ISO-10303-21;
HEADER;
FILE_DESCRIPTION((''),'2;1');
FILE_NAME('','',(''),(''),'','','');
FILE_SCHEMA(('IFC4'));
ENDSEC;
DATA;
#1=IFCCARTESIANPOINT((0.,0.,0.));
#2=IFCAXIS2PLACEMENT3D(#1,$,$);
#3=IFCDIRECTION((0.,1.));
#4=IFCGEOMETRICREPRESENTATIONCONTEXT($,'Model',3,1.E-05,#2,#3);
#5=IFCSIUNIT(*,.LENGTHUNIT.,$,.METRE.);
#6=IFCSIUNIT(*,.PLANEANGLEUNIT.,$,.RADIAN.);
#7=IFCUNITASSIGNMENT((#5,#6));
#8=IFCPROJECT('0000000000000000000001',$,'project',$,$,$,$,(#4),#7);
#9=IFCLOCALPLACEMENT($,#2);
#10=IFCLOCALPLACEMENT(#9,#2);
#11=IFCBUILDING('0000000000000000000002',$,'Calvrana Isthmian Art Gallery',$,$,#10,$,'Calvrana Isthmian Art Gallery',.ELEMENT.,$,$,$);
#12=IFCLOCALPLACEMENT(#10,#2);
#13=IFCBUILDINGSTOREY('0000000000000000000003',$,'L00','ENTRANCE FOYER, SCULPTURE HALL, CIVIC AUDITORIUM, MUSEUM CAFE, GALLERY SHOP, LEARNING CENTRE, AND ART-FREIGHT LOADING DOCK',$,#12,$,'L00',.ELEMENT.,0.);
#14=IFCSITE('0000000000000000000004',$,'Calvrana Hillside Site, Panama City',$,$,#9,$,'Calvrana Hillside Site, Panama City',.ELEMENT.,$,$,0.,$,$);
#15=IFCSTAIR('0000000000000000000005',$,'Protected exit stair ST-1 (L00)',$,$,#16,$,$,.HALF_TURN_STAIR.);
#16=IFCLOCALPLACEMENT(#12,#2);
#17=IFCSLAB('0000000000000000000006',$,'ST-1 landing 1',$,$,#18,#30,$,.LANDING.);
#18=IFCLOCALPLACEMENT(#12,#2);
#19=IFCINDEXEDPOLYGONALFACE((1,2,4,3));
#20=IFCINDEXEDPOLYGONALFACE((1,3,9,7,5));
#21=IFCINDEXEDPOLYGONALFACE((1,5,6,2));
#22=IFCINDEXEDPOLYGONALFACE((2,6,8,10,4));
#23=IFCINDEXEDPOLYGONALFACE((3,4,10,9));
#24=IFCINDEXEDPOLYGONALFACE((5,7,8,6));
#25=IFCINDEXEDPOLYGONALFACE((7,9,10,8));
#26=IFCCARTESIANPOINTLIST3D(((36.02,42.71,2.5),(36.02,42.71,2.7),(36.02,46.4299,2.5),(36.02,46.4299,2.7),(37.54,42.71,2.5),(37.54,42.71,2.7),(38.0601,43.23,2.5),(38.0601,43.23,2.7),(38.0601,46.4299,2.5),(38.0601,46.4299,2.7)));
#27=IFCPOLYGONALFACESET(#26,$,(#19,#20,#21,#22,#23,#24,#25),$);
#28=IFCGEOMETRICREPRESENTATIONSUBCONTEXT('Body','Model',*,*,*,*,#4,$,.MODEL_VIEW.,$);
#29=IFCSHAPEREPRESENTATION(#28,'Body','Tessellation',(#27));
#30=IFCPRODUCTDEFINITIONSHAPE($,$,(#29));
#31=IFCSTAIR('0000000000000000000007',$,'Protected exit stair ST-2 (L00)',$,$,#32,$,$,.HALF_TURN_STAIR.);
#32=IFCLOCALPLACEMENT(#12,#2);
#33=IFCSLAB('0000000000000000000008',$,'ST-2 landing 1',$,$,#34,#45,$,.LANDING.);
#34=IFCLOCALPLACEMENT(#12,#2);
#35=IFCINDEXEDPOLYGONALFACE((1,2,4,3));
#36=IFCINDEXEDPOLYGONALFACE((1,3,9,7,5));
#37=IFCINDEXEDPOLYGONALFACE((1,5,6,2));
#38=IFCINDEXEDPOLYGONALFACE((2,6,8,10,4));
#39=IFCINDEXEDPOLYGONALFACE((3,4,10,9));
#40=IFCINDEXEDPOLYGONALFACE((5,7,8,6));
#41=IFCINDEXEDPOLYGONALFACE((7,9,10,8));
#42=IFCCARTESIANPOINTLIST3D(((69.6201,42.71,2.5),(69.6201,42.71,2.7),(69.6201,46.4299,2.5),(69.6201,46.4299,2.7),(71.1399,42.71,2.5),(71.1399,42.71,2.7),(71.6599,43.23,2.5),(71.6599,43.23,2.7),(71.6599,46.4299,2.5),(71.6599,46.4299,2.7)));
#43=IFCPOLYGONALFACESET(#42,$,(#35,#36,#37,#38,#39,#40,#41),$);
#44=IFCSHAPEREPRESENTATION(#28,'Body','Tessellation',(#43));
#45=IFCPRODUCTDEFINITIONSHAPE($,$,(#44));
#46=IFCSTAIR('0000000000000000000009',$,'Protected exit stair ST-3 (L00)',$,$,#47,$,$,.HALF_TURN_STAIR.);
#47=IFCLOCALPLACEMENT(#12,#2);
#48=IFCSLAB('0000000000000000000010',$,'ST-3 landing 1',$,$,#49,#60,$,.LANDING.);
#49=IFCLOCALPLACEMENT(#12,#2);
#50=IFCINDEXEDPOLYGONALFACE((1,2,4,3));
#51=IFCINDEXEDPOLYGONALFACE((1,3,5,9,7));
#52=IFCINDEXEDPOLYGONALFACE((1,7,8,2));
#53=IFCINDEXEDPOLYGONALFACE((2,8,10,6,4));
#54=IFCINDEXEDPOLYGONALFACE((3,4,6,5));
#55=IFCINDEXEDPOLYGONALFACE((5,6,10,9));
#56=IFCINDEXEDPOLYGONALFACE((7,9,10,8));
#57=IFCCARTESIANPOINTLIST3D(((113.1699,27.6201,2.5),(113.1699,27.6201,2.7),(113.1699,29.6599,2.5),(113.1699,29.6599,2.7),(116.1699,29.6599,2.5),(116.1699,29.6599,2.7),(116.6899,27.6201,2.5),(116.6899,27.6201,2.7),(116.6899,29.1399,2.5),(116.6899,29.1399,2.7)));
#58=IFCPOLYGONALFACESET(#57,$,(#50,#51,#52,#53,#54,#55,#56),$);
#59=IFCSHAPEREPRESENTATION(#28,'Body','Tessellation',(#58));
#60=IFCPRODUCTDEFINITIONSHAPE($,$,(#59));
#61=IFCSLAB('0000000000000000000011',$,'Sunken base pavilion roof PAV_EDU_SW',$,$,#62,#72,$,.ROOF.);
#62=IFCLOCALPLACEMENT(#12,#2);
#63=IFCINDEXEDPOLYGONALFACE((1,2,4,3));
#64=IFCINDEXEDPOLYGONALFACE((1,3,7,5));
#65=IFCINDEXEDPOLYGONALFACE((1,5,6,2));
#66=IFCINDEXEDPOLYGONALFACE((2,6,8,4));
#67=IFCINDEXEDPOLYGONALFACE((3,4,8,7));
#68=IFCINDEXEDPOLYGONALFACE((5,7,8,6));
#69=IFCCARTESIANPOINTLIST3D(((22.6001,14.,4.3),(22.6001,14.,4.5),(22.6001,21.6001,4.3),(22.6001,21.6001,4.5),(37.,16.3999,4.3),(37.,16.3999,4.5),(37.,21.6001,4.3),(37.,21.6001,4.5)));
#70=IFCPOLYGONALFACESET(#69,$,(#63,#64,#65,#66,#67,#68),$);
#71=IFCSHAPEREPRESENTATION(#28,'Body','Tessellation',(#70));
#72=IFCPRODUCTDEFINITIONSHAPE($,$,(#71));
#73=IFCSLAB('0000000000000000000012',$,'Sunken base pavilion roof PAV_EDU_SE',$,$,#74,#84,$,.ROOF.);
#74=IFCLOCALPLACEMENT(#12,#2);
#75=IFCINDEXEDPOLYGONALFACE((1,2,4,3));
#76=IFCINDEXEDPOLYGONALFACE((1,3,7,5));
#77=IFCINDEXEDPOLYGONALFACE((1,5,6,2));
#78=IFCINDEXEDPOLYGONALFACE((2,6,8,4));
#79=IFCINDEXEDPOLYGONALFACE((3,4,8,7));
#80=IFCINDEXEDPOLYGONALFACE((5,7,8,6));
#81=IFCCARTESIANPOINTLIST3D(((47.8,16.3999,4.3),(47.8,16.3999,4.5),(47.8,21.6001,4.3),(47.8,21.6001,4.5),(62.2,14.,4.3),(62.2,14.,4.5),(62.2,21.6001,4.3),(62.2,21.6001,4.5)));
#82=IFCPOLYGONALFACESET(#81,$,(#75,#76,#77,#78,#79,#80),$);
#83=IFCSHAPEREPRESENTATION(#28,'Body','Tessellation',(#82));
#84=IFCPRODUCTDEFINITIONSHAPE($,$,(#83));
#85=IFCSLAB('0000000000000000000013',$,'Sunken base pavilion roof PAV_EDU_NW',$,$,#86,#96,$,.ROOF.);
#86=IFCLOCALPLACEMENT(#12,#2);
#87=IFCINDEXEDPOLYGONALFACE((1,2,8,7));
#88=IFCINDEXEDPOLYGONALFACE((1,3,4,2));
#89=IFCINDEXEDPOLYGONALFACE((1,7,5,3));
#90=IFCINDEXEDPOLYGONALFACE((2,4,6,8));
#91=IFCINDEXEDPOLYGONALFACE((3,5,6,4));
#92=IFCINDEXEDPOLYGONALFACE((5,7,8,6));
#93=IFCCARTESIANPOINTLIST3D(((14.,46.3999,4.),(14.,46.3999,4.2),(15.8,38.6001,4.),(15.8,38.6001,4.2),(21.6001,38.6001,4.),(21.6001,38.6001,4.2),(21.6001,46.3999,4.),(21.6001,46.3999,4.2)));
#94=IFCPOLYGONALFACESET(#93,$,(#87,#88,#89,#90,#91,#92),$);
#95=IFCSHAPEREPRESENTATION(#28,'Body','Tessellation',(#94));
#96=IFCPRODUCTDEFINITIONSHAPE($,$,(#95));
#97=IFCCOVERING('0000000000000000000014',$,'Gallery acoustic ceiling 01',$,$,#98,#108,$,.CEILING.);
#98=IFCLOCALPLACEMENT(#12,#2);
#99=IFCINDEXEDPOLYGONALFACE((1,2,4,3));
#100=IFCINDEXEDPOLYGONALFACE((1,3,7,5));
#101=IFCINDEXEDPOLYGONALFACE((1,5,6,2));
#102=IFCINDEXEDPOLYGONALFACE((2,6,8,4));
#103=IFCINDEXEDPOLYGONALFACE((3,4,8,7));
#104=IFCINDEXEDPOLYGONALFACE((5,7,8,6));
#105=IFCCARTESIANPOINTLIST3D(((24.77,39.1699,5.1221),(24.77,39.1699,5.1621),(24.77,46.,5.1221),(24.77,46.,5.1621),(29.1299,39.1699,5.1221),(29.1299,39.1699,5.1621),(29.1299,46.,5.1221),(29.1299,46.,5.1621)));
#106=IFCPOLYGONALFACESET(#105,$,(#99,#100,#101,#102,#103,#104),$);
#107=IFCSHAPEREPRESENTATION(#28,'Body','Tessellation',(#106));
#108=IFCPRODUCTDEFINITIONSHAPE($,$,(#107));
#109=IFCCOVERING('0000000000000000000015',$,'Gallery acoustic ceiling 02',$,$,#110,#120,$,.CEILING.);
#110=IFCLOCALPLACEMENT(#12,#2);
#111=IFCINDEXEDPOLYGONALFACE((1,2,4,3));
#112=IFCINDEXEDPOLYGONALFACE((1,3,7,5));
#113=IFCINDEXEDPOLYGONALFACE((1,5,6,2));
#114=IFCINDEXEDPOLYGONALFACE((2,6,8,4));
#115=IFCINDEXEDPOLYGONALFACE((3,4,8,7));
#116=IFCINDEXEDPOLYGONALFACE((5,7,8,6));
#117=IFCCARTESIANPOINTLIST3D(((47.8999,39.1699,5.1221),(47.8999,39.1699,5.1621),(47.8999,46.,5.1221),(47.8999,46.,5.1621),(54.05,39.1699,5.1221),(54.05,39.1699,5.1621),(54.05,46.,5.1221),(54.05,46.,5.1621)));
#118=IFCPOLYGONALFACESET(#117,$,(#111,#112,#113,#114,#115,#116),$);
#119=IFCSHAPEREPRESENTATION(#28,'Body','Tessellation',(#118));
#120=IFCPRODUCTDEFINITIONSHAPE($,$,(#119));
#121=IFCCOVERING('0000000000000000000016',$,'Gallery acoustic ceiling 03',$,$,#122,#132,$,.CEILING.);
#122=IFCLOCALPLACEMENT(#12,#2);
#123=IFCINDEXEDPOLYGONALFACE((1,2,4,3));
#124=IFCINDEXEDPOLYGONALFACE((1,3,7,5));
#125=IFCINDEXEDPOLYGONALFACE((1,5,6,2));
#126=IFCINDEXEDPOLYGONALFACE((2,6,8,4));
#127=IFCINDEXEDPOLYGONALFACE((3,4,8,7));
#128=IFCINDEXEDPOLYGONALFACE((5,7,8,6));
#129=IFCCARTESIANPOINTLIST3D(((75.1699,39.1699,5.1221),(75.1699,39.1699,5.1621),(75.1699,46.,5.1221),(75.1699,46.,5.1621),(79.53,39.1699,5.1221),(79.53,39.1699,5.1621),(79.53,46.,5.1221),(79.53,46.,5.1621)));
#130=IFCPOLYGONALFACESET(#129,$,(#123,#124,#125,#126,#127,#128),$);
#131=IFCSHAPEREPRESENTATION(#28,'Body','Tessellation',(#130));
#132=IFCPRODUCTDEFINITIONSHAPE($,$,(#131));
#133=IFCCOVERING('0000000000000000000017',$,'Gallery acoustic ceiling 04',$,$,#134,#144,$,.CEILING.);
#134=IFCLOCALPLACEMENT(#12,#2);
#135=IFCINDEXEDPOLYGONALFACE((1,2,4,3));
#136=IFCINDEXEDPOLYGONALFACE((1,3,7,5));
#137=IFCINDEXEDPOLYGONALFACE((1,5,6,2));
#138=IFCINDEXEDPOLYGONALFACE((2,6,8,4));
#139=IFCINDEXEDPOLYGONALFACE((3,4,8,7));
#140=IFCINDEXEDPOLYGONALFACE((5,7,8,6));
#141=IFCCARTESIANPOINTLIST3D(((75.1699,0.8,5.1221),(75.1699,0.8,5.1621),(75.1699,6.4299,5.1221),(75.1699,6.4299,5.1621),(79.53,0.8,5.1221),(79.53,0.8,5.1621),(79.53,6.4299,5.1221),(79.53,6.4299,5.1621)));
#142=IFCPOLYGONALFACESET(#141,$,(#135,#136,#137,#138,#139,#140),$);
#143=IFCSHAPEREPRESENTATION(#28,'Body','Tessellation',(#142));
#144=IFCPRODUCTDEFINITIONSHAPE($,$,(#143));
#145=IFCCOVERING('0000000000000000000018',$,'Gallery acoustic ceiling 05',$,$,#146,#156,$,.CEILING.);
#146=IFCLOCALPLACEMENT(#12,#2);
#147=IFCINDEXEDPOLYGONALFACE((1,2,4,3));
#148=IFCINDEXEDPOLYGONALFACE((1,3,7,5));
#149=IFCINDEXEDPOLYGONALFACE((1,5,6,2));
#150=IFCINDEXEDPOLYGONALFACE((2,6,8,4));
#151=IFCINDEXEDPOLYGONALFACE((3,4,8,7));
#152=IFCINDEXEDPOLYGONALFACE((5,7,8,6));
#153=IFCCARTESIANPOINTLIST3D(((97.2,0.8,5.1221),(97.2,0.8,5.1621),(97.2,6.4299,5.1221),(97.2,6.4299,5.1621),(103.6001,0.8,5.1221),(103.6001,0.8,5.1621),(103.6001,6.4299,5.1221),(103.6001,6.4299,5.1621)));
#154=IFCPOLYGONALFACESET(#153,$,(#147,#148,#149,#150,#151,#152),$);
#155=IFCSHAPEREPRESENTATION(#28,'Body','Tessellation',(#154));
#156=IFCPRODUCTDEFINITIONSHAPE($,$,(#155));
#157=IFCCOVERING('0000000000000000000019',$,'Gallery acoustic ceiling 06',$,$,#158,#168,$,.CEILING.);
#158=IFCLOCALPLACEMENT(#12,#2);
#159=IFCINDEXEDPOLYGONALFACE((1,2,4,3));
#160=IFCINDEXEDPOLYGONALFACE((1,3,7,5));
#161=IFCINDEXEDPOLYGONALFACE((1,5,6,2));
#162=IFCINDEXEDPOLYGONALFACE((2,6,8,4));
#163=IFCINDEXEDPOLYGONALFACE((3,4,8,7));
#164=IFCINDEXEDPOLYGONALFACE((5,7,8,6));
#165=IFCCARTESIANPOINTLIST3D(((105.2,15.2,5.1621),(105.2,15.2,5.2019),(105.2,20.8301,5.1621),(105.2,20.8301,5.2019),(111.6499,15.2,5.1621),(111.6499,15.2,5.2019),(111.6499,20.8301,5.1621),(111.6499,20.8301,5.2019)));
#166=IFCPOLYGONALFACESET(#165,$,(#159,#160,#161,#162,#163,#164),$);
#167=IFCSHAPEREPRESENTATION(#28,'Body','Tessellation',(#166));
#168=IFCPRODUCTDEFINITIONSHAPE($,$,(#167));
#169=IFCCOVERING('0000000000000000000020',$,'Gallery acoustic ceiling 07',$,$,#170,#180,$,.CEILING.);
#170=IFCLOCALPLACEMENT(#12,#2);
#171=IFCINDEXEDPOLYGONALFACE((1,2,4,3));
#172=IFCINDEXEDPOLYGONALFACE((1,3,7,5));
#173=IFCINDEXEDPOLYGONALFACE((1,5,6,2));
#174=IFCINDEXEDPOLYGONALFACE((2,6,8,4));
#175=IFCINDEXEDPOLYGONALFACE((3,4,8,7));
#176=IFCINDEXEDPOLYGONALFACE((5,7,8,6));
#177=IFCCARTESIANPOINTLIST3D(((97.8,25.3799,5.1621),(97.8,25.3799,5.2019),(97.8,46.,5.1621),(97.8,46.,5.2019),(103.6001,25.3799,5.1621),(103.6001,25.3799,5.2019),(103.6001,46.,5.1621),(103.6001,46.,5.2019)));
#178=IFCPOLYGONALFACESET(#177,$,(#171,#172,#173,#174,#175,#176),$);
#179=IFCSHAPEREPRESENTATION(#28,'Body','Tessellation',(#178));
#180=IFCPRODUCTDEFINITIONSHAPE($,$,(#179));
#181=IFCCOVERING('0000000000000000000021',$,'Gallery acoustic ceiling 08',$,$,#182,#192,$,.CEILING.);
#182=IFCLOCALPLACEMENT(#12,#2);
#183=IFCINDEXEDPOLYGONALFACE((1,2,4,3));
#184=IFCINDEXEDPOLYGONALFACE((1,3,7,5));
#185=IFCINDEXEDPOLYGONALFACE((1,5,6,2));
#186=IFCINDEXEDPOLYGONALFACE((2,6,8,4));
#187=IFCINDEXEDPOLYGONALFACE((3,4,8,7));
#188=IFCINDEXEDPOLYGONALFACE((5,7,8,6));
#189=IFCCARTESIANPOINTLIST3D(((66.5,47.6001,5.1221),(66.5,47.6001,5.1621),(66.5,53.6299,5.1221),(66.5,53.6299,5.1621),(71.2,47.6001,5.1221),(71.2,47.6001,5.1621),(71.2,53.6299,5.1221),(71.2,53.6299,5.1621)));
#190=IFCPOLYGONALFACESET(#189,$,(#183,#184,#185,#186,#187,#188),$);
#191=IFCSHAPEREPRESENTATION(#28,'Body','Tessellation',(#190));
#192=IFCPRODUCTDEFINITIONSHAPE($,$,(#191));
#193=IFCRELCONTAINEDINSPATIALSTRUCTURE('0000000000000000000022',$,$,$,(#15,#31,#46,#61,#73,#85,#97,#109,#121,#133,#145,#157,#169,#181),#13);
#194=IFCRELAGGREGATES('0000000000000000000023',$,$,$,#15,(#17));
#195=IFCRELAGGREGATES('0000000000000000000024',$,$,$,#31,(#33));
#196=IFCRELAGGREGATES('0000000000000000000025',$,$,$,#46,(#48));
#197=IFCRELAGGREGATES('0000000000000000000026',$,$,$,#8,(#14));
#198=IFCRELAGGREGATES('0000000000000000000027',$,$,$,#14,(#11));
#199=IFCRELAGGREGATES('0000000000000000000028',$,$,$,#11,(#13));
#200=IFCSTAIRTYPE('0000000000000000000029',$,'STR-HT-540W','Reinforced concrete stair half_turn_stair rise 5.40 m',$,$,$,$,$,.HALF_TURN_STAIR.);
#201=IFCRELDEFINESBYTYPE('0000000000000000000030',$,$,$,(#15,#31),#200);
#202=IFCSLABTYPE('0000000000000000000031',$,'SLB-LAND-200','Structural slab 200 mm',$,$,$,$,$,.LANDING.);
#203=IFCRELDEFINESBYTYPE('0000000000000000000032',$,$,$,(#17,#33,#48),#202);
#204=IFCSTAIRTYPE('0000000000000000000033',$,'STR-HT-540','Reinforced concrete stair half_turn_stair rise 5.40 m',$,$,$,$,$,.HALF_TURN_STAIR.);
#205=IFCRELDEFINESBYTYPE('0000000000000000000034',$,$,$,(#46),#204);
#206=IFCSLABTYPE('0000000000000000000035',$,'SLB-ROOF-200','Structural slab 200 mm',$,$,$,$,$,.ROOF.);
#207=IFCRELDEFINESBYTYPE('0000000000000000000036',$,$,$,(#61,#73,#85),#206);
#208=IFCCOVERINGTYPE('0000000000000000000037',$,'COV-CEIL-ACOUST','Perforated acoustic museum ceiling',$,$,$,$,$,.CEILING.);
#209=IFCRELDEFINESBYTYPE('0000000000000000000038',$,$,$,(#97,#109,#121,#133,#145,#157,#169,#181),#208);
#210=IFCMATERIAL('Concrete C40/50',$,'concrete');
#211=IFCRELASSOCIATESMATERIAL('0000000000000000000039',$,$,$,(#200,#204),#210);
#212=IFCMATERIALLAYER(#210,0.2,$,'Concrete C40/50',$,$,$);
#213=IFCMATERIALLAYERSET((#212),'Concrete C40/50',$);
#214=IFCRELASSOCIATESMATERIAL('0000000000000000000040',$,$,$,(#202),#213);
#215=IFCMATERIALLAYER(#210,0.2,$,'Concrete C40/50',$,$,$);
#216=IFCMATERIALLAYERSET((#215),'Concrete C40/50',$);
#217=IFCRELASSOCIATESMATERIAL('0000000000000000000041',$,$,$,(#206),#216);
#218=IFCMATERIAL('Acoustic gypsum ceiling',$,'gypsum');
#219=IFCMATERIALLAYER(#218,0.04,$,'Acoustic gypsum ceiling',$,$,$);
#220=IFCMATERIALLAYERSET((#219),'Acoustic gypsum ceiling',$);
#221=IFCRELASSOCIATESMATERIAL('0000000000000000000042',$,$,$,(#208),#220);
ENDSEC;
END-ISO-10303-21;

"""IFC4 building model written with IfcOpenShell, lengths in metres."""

from ifc_helpers import new_model, si_unit, direction, frame, origin, place, context, subcontext, project, spatial, polyline, outline, extrude, material, layer, layer_set, type_object, element, aggregate, save


model = new_model("IFC4")

# Units and contexts
model_context = context("Model", 3, precision=1e-05, world=origin(), true_north=direction((0.0, 1.0)))
body_context = subcontext(model_context, "Body", "Model", "MODEL_VIEW")
ifc_project = project(units=[si_unit("LENGTHUNIT", "METRE"), si_unit("PLANEANGLEUNIT", "RADIAN")], contexts=[model_context])

# Site, building, storey
site_placement = place(None, origin())
site = spatial("IfcSite", under=ifc_project, at=site_placement, Name="Calvrana Hillside Site, Panama City", LongName="Calvrana Hillside Site, Panama City", CompositionType="ELEMENT", RefElevation=0.0)
building_placement = place(site_placement, origin())
building = spatial("IfcBuilding", under=site, at=building_placement, Name="Calvrana Isthmian Art Gallery", LongName="Calvrana Isthmian Art Gallery", CompositionType="ELEMENT")
storey_placement = place(building_placement, origin())
storey = spatial("IfcBuildingStorey", under=building, at=storey_placement, Name="L00", Description="ENTRANCE FOYER, SCULPTURE HALL, CIVIC AUDITORIUM, MUSEUM CAFE, GALLERY SHOP, LEARNING CENTRE, AND ART-FREIGHT LOADING DOCK", LongName="L00", CompositionType="ELEMENT", Elevation=0.0)

# Stairs, slabs
ifc_material_1 = material(Name="Concrete C40/50", Category="concrete")
stair_type_1 = type_object("IfcStairType", Name="STR-HT-540W", Description="Reinforced concrete stair half_turn_stair rise 5.40 m", PredefinedType="HALF_TURN_STAIR", material=ifc_material_1)
stair_1_placement = place(storey_placement, origin())
stair_1 = element("IfcStair", 1, at=stair_1_placement, inside=storey, type_object=stair_type_1, Name="Protected exit stair ST-1 (L00)", PredefinedType="HALF_TURN_STAIR")
ifc_layer_1 = layer(ifc_material_1, 0.2, Name="Concrete C40/50")
ifc_layer_set_1 = layer_set([ifc_layer_1], Name="Concrete C40/50")
slab_type_1 = type_object("IfcSlabType", Name="SLB-LAND-200", Description="Structural slab 200 mm", PredefinedType="LANDING", material=ifc_layer_set_1)
slab_1_placement = place(storey_placement, frame((0.0, 0.0, 2.5)))
slab_1 = element("IfcSlab", 2, at=slab_1_placement, type_object=slab_type_1, Name="ST-1 landing 1", PredefinedType="LANDING", context=body_context, shape_type="SweptSolid", body=[
    extrude(outline(polyline([(36.02, 42.71), (37.54, 42.71), (38.0601, 43.23), (38.0601, 46.4299), (36.02, 46.4299), (36.02, 42.71)])), origin(), (0.0, 0.0, 1.0), 0.2),
])
aggregate(stair_1, [slab_1])
stair_2_placement = place(storey_placement, origin())
stair_2 = element("IfcStair", 3, at=stair_2_placement, inside=storey, type_object=stair_type_1, Name="Protected exit stair ST-2 (L00)", PredefinedType="HALF_TURN_STAIR")
slab_2_placement = place(storey_placement, frame((0.0, 0.0, 2.5)))
slab_2 = element("IfcSlab", 4, at=slab_2_placement, type_object=slab_type_1, Name="ST-2 landing 1", PredefinedType="LANDING", context=body_context, shape_type="SweptSolid", body=[
    extrude(outline(polyline([(69.6201, 42.71), (71.1399, 42.71), (71.6599, 43.23), (71.6599, 46.4299), (69.6201, 46.4299), (69.6201, 42.71)])), origin(), (0.0, 0.0, 1.0), 0.2),
])
aggregate(stair_2, [slab_2])
stair_type_2 = type_object("IfcStairType", Name="STR-HT-540", Description="Reinforced concrete stair half_turn_stair rise 5.40 m", PredefinedType="HALF_TURN_STAIR", material=ifc_material_1)
stair_3_placement = place(storey_placement, origin())
stair_3 = element("IfcStair", 5, at=stair_3_placement, inside=storey, type_object=stair_type_2, Name="Protected exit stair ST-3 (L00)", PredefinedType="HALF_TURN_STAIR")
slab_3_placement = place(storey_placement, frame((0.0, 0.0, 2.5)))
slab_3 = element("IfcSlab", 6, at=slab_3_placement, type_object=slab_type_1, Name="ST-3 landing 1", PredefinedType="LANDING", context=body_context, shape_type="SweptSolid", body=[
    extrude(outline(polyline([(116.6899, 27.6201), (116.6899, 29.1399), (116.1699, 29.6599), (113.1699, 29.6599), (113.1699, 27.6201), (116.6899, 27.6201)])), origin(), (0.0, 0.0, 1.0), 0.2),
])
aggregate(stair_3, [slab_3])

# Slabs
ifc_layer_2 = layer(ifc_material_1, 0.2, Name="Concrete C40/50")
ifc_layer_set_2 = layer_set([ifc_layer_2], Name="Concrete C40/50")
slab_type_2 = type_object("IfcSlabType", Name="SLB-ROOF-200", Description="Structural slab 200 mm", PredefinedType="ROOF", material=ifc_layer_set_2)
slab_4_placement = place(storey_placement, frame((0.0, 0.0, 4.3)))
element("IfcSlab", 7, at=slab_4_placement, inside=storey, type_object=slab_type_2, Name="Sunken base pavilion roof PAV_EDU_SW", PredefinedType="ROOF", context=body_context, shape_type="SweptSolid", body=[
    extrude(outline(polyline([(22.6001, 14.0), (37.0, 16.3999), (37.0, 21.6001), (22.6001, 21.6001), (22.6001, 14.0)])), origin(), (0.0, 0.0, 1.0), 0.2),
])
slab_5_placement = place(storey_placement, frame((0.0, 0.0, 4.3)))
element("IfcSlab", 8, at=slab_5_placement, inside=storey, type_object=slab_type_2, Name="Sunken base pavilion roof PAV_EDU_SE", PredefinedType="ROOF", context=body_context, shape_type="SweptSolid", body=[
    extrude(outline(polyline([(47.8, 16.3999), (62.2, 14.0), (62.2, 21.6001), (47.8, 21.6001), (47.8, 16.3999)])), origin(), (0.0, 0.0, 1.0), 0.2),
])
slab_6_placement = place(storey_placement, frame((0.0, 0.0, 4.0)))
element("IfcSlab", 9, at=slab_6_placement, inside=storey, type_object=slab_type_2, Name="Sunken base pavilion roof PAV_EDU_NW", PredefinedType="ROOF", context=body_context, shape_type="SweptSolid", body=[
    extrude(outline(polyline([(15.8, 38.6001), (21.6001, 38.6001), (21.6001, 46.3999), (14.0, 46.3999), (15.8, 38.6001)])), origin(), (0.0, 0.0, 1.0), 0.2),
])

# Coverings
ifc_material_2 = material(Name="Acoustic gypsum ceiling", Category="gypsum")
ifc_layer_3 = layer(ifc_material_2, 0.04, Name="Acoustic gypsum ceiling")
ifc_layer_set_3 = layer_set([ifc_layer_3], Name="Acoustic gypsum ceiling")
covering_type_1 = type_object("IfcCoveringType", Name="COV-CEIL-ACOUST", Description="Perforated acoustic museum ceiling", PredefinedType="CEILING", material=ifc_layer_set_3)
covering_1_placement = place(storey_placement, frame((0.0, 0.0, 5.1221)))
element("IfcCovering", 10, at=covering_1_placement, inside=storey, type_object=covering_type_1, Name="Gallery acoustic ceiling 01", PredefinedType="CEILING", context=body_context, shape_type="SweptSolid", body=[
    extrude(outline(polyline([(24.77, 39.1699), (29.1299, 39.1699), (29.1299, 46.0), (24.77, 46.0), (24.77, 39.1699)])), origin(), (0.0, 0.0, 1.0), 0.04),
])
covering_2_placement = place(storey_placement, frame((0.0, 0.0, 5.1221)))
element("IfcCovering", 11, at=covering_2_placement, inside=storey, type_object=covering_type_1, Name="Gallery acoustic ceiling 02", PredefinedType="CEILING", context=body_context, shape_type="SweptSolid", body=[
    extrude(outline(polyline([(47.8999, 39.1699), (54.05, 39.1699), (54.05, 46.0), (47.8999, 46.0), (47.8999, 39.1699)])), origin(), (0.0, 0.0, 1.0), 0.04),
])
covering_3_placement = place(storey_placement, frame((0.0, 0.0, 5.1221)))
element("IfcCovering", 12, at=covering_3_placement, inside=storey, type_object=covering_type_1, Name="Gallery acoustic ceiling 03", PredefinedType="CEILING", context=body_context, shape_type="SweptSolid", body=[
    extrude(outline(polyline([(75.1699, 39.1699), (79.53, 39.1699), (79.53, 46.0), (75.1699, 46.0), (75.1699, 39.1699)])), origin(), (0.0, 0.0, 1.0), 0.04),
])
covering_4_placement = place(storey_placement, frame((0.0, 0.0, 5.1221)))
element("IfcCovering", 13, at=covering_4_placement, inside=storey, type_object=covering_type_1, Name="Gallery acoustic ceiling 04", PredefinedType="CEILING", context=body_context, shape_type="SweptSolid", body=[
    extrude(outline(polyline([(75.1699, 0.8), (79.53, 0.8), (79.53, 6.4299), (75.1699, 6.4299), (75.1699, 0.8)])), origin(), (0.0, 0.0, 1.0), 0.04),
])
covering_5_placement = place(storey_placement, frame((0.0, 0.0, 5.1221)))
element("IfcCovering", 14, at=covering_5_placement, inside=storey, type_object=covering_type_1, Name="Gallery acoustic ceiling 05", PredefinedType="CEILING", context=body_context, shape_type="SweptSolid", body=[
    extrude(outline(polyline([(97.2, 0.8), (103.6001, 0.8), (103.6001, 6.4299), (97.2, 6.4299), (97.2, 0.8)])), origin(), (0.0, 0.0, 1.0), 0.04),
])
covering_6_placement = place(storey_placement, frame((0.0, 0.0, 5.1621)))
element("IfcCovering", 15, at=covering_6_placement, inside=storey, type_object=covering_type_1, Name="Gallery acoustic ceiling 06", PredefinedType="CEILING", context=body_context, shape_type="SweptSolid", body=[
    extrude(outline(polyline([(105.2, 15.2), (111.6499, 15.2), (111.6499, 20.8301), (105.2, 20.8301), (105.2, 15.2)])), origin(), (0.0, 0.0, 1.0), 0.0398),
])
covering_7_placement = place(storey_placement, frame((0.0, 0.0, 5.1621)))
element("IfcCovering", 16, at=covering_7_placement, inside=storey, type_object=covering_type_1, Name="Gallery acoustic ceiling 07", PredefinedType="CEILING", context=body_context, shape_type="SweptSolid", body=[
    extrude(outline(polyline([(97.8, 25.3799), (103.6001, 25.3799), (103.6001, 46.0), (97.8, 46.0), (97.8, 25.3799)])), origin(), (0.0, 0.0, 1.0), 0.0398),
])
covering_8_placement = place(storey_placement, frame((0.0, 0.0, 5.1221)))
element("IfcCovering", 17, at=covering_8_placement, inside=storey, type_object=covering_type_1, Name="Gallery acoustic ceiling 08", PredefinedType="CEILING", context=body_context, shape_type="SweptSolid", body=[
    extrude(outline(polyline([(66.5, 47.6001), (71.2, 47.6001), (71.2, 53.6299), (66.5, 53.6299), (66.5, 47.6001)])), origin(), (0.0, 0.0, 1.0), 0.04),
])

save(model, "model.ifc")
